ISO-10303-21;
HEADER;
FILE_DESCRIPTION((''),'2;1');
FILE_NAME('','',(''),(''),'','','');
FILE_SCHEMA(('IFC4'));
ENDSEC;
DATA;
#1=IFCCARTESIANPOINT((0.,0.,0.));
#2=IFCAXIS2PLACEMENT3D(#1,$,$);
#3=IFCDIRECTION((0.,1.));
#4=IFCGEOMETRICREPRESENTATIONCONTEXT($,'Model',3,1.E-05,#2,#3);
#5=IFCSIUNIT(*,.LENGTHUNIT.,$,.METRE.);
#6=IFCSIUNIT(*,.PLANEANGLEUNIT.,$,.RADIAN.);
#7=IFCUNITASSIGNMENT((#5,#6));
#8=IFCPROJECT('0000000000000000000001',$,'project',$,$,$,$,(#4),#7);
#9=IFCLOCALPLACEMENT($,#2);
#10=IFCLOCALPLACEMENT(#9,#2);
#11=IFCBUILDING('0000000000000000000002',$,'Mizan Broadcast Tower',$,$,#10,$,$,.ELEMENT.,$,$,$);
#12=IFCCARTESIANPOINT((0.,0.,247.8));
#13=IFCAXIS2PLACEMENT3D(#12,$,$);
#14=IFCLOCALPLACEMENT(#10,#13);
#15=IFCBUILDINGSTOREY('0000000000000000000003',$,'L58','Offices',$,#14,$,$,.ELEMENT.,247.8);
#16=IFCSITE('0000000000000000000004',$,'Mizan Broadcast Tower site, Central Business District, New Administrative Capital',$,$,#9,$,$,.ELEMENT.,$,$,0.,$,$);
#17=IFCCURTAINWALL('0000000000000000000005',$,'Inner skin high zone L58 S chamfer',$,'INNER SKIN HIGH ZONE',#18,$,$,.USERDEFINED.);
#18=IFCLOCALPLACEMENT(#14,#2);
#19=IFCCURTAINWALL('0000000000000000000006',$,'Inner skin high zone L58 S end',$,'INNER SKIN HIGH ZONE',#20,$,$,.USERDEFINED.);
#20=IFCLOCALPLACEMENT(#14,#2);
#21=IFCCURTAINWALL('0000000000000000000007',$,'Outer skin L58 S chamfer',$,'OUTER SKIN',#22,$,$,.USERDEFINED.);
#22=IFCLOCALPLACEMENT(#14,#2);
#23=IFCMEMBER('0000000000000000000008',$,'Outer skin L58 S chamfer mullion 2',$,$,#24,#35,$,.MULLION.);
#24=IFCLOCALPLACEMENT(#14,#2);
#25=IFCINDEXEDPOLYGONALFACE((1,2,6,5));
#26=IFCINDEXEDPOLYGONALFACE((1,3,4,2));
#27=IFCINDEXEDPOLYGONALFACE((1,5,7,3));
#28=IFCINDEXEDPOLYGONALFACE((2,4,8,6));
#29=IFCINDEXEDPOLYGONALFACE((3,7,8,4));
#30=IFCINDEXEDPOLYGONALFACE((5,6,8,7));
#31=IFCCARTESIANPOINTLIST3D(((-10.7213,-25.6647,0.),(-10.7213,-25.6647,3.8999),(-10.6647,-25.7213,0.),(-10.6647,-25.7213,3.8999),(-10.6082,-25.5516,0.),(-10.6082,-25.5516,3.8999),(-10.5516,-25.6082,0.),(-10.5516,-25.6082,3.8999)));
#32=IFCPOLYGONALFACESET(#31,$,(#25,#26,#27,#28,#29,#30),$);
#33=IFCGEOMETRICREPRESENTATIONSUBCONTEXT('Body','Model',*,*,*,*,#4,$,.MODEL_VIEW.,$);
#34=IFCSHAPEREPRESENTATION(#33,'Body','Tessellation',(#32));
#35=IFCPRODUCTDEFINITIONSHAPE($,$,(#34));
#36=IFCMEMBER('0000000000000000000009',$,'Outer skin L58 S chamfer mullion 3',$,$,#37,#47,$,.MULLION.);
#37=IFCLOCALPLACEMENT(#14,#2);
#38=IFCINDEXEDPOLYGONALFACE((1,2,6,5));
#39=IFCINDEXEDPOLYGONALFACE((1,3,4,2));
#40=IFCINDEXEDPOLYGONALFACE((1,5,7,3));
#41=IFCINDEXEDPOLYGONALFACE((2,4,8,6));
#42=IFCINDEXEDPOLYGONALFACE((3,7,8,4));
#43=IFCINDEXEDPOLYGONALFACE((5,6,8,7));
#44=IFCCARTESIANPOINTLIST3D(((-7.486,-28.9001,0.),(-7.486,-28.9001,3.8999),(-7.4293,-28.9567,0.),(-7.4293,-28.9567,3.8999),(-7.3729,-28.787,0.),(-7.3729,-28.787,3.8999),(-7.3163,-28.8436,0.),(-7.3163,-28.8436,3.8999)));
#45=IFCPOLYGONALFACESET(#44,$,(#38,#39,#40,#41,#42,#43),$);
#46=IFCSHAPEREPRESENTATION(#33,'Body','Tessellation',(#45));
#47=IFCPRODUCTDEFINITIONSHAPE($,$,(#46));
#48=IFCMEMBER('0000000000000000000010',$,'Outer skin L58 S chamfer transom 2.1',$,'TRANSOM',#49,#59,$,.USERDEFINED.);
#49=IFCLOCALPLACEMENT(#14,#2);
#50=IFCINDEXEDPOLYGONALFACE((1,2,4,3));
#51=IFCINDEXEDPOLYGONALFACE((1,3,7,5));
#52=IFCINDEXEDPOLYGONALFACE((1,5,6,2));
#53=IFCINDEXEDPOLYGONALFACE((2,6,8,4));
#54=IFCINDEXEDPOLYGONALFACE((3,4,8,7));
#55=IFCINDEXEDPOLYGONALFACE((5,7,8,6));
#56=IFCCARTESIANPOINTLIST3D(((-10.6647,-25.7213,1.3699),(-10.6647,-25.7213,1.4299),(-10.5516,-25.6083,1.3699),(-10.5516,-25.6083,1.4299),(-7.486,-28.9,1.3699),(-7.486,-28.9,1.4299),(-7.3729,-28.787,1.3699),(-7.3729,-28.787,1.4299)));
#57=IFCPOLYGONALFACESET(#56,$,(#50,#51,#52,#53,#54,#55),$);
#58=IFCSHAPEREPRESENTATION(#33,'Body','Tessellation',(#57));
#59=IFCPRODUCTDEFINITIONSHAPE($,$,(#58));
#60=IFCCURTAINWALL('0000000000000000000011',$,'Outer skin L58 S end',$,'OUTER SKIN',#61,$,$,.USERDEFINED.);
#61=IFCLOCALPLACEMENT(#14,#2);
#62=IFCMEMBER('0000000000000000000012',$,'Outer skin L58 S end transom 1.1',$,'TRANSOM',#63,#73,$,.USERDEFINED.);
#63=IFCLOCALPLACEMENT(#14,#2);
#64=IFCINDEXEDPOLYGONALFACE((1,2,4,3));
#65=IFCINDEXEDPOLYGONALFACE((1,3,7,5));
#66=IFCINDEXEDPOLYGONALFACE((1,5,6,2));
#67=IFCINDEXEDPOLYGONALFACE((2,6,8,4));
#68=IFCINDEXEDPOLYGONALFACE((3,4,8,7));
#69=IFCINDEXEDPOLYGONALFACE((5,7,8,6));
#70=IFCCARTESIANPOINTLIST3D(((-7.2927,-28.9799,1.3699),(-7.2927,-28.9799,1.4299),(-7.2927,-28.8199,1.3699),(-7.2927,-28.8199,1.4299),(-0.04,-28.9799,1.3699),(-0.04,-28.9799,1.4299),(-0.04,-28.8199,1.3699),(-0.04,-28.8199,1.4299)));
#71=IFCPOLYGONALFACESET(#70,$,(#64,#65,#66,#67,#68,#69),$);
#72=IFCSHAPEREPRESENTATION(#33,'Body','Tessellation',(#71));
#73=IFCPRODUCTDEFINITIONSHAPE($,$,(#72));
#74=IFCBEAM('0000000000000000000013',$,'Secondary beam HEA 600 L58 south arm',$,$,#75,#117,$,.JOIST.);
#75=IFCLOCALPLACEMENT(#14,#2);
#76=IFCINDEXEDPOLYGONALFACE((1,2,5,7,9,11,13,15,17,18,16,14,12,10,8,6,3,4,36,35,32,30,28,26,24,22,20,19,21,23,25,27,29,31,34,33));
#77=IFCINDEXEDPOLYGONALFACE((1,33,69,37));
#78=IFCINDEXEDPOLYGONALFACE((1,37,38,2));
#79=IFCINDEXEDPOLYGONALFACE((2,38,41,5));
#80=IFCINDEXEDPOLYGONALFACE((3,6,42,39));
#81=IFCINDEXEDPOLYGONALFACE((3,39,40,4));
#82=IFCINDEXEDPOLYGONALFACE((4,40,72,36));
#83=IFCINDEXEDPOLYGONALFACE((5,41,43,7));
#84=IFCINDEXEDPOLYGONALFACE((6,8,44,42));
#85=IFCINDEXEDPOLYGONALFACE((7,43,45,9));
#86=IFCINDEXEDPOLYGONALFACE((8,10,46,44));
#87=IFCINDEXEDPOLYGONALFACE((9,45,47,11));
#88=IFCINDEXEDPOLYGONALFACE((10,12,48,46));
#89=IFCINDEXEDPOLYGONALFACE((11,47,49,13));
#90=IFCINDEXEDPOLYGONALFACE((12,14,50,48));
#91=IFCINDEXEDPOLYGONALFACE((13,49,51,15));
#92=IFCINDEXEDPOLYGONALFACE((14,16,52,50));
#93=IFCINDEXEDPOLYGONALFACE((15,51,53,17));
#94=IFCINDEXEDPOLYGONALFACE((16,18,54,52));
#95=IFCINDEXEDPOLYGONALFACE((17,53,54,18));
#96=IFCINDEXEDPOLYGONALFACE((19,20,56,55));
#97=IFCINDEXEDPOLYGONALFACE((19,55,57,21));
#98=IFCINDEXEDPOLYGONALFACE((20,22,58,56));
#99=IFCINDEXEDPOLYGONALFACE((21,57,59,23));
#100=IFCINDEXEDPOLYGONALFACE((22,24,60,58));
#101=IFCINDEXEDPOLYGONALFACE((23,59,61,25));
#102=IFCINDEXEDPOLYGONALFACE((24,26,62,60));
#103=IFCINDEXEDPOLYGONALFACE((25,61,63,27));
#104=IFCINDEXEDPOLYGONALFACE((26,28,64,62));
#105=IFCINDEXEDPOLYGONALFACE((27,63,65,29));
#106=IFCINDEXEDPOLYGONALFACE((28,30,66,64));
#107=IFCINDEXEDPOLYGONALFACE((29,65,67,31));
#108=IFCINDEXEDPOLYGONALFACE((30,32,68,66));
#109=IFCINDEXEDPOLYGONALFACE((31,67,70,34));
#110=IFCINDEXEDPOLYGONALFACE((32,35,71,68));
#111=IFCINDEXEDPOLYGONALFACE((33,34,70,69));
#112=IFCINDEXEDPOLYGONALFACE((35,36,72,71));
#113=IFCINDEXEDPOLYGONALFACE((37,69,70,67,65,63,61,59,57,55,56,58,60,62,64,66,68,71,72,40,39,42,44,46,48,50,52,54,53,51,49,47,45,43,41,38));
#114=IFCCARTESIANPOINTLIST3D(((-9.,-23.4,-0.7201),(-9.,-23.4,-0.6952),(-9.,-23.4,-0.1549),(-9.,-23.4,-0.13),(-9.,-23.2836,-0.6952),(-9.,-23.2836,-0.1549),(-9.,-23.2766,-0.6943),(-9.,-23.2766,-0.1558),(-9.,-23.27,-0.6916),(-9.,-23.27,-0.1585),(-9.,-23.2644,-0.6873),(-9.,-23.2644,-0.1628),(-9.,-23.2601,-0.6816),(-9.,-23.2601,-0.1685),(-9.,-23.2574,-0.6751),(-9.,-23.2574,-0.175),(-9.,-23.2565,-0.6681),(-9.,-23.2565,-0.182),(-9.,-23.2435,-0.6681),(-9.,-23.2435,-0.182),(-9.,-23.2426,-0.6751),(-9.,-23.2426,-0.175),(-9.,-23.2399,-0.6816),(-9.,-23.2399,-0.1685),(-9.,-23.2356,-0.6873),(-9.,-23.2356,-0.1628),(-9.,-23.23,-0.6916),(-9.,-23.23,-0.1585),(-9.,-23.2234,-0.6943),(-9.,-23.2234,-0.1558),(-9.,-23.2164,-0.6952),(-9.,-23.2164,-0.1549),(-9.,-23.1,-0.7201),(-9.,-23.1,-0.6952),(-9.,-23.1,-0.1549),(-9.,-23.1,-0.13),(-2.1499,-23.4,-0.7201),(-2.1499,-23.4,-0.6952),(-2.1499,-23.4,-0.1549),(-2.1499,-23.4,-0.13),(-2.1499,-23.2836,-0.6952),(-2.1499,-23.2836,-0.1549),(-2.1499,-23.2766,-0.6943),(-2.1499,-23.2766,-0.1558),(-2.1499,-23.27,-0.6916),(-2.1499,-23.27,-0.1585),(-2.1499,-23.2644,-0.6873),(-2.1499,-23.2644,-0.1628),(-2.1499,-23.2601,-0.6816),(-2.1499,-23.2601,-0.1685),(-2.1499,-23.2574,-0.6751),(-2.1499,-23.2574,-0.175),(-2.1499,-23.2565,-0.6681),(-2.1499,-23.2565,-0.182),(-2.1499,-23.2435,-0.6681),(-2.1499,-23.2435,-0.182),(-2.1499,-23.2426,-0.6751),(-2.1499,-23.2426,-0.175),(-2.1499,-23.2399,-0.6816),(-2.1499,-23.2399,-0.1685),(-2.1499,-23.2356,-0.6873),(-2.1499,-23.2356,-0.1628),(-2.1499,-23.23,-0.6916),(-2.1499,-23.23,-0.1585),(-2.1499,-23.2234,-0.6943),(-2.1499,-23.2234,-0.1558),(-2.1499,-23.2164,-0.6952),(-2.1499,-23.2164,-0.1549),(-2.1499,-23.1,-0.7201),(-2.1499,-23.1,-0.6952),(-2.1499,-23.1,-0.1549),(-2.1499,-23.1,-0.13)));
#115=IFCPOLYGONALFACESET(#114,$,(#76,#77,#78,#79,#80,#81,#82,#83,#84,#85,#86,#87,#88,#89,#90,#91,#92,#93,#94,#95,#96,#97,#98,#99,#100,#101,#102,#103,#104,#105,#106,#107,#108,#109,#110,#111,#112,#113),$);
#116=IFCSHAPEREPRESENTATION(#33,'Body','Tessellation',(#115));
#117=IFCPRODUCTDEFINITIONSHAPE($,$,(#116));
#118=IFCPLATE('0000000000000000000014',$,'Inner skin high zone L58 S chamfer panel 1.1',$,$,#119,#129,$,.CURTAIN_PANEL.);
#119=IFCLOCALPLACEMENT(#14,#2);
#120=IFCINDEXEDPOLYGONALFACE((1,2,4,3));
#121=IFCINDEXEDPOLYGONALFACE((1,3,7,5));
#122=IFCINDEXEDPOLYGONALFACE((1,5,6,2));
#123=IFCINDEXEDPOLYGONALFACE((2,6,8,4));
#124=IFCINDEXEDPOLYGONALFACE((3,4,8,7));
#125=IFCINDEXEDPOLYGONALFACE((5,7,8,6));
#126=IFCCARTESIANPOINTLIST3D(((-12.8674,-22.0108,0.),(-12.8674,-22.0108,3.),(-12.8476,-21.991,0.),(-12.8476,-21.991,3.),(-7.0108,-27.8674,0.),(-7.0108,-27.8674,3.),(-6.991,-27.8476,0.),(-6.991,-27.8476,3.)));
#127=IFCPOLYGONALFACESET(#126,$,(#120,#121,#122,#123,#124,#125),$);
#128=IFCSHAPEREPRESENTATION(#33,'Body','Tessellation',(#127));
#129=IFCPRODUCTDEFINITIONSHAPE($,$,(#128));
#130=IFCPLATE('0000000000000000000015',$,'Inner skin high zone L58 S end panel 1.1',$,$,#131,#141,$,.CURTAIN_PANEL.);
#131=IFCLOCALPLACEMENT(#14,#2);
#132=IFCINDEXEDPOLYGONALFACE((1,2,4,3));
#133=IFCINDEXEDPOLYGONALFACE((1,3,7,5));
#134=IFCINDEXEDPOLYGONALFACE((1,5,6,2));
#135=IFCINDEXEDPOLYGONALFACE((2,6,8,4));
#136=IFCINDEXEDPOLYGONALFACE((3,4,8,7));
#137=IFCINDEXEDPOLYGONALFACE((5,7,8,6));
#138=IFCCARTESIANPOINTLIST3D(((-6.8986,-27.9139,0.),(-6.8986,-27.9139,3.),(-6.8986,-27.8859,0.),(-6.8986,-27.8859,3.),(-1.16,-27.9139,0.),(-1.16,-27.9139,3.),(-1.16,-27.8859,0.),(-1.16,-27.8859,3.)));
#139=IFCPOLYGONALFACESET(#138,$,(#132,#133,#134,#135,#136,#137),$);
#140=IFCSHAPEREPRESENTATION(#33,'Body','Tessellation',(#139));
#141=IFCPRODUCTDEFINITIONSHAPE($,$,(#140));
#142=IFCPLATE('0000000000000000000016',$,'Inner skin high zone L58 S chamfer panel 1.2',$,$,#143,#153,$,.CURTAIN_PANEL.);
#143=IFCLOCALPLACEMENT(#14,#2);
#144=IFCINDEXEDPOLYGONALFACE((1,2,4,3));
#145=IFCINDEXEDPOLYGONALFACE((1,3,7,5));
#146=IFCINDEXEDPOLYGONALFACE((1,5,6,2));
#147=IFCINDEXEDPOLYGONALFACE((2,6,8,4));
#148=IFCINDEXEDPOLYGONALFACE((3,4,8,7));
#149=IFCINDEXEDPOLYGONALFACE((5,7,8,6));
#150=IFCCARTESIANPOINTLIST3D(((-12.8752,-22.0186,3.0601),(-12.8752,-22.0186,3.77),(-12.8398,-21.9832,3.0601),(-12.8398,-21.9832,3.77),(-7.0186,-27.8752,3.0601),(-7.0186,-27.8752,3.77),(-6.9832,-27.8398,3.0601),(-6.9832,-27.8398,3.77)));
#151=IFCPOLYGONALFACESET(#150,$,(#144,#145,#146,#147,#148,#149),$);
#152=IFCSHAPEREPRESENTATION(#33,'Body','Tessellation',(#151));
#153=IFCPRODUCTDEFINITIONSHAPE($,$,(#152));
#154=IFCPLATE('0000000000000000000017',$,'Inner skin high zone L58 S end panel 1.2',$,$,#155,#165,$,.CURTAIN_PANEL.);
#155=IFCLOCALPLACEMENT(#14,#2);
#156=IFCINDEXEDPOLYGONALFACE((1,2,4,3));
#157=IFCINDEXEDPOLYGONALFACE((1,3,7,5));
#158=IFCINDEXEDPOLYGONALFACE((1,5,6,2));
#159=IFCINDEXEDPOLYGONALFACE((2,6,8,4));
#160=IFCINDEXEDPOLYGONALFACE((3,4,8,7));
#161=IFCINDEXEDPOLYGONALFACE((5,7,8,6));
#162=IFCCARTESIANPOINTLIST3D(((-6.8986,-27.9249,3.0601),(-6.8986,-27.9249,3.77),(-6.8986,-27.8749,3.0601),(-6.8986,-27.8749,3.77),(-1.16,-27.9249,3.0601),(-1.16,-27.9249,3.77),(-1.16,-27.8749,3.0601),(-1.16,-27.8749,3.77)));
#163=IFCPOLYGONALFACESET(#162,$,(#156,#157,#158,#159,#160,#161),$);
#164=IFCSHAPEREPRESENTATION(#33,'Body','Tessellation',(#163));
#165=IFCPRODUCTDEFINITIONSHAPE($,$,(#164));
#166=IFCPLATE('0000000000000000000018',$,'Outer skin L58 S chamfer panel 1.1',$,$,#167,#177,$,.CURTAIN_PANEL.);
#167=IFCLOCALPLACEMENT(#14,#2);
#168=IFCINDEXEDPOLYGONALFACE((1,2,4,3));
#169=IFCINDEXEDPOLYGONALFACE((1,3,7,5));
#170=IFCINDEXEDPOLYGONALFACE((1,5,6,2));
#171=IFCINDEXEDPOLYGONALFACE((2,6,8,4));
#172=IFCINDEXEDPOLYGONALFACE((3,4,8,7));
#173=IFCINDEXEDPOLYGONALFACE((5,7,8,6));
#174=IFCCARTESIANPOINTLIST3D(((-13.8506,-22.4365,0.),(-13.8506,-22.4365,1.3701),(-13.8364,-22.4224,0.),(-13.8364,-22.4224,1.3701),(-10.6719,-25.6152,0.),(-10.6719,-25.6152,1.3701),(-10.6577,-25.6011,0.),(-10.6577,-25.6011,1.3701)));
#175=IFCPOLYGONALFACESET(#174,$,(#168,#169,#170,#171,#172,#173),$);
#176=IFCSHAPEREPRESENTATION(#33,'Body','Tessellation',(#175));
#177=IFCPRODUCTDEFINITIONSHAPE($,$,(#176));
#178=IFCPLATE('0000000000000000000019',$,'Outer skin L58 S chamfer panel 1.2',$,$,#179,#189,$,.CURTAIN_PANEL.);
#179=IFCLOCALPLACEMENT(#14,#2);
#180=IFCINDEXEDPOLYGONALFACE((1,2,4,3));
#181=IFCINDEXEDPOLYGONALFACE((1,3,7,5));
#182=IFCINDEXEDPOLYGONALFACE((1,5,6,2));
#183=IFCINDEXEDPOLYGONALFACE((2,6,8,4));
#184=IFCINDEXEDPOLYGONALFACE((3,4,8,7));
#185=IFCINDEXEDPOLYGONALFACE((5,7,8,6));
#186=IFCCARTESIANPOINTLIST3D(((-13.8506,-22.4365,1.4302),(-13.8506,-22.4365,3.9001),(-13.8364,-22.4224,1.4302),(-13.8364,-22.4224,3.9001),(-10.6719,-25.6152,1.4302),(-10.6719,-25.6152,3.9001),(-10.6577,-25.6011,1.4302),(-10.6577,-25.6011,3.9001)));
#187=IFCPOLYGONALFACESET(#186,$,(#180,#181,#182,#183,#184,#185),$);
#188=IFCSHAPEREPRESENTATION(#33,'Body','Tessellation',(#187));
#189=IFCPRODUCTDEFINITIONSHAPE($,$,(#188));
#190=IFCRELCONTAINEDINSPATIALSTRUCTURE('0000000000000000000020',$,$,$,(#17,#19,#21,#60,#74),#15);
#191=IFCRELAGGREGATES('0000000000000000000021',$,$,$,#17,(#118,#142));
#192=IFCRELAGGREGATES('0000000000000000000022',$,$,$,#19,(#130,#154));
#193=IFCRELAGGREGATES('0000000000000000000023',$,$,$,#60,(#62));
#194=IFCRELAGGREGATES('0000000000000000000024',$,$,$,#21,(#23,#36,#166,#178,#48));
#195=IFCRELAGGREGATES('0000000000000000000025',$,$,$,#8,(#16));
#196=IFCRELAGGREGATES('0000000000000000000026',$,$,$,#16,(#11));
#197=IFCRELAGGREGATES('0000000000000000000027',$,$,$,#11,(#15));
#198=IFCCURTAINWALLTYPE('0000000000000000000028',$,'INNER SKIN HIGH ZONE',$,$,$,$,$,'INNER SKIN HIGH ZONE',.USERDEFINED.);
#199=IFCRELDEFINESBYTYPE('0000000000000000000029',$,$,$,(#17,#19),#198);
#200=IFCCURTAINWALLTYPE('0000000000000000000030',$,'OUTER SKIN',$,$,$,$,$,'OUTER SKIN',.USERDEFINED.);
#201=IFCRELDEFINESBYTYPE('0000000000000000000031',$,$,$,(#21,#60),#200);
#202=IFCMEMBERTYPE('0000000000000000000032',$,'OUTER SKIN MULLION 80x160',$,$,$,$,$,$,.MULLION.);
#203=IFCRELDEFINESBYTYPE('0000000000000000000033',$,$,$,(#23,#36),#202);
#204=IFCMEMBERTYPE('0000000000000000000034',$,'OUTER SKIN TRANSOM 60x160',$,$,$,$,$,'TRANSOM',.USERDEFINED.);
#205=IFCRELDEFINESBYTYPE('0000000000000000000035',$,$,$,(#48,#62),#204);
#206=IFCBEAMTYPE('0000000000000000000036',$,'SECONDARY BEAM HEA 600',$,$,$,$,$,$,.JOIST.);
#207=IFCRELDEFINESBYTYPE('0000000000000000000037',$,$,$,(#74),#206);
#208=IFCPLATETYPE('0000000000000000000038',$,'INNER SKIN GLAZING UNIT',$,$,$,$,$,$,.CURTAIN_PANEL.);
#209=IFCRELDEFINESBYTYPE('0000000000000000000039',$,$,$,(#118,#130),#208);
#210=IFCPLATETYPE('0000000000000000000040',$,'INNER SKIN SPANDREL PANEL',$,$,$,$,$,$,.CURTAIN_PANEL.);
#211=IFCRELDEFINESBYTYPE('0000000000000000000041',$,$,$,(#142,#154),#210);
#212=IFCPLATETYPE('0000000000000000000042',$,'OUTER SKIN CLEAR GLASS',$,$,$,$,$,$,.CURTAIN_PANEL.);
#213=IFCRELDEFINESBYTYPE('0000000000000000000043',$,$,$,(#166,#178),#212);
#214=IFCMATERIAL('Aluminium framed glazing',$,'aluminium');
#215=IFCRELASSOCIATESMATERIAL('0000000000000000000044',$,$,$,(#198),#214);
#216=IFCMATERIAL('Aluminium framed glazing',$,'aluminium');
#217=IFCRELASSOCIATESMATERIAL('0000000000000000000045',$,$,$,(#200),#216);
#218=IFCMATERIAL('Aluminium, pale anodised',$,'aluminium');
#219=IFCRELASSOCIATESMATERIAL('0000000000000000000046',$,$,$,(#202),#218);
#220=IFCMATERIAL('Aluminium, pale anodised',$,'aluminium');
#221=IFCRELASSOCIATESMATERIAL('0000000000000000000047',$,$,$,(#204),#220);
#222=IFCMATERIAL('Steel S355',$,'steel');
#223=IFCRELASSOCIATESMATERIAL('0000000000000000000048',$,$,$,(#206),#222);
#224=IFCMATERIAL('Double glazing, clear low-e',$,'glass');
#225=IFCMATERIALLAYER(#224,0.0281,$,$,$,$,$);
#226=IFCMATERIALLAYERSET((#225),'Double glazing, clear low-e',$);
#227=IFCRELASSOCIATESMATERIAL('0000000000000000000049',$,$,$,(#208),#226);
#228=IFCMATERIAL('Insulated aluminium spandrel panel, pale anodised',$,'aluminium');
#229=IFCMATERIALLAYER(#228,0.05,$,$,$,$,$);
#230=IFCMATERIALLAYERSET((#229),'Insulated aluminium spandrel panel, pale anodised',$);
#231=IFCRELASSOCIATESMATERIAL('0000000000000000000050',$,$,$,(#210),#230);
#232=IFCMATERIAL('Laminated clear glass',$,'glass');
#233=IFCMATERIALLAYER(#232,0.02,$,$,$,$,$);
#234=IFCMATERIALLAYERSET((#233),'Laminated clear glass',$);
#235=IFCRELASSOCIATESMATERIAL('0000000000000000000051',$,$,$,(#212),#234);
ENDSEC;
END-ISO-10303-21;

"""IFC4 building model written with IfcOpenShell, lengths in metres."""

from ifc_helpers import new_model, si_unit, direction, frame, origin, origin_2d, place, context, subcontext, project, spatial, rectangle, i_section, extrude, material, layer, layer_set, material_profile, profile_set, type_object, element, aggregate, save


model = new_model("IFC4")

# Units and contexts
model_context = context("Model", 3, precision=1e-05, world=origin(), true_north=direction((0.0, 1.0)))
body_context = subcontext(model_context, "Body", "Model", "MODEL_VIEW")
ifc_project = project(units=[si_unit("LENGTHUNIT", "METRE"), si_unit("PLANEANGLEUNIT", "RADIAN")], contexts=[model_context])

# Site, building, storey
site_placement = place(None, origin())
site = spatial("IfcSite", under=ifc_project, at=site_placement, Name="Mizan Broadcast Tower site, Central Business District, New Administrative Capital", CompositionType="ELEMENT", RefElevation=0.0)
building_placement = place(site_placement, origin())
building = spatial("IfcBuilding", under=site, at=building_placement, Name="Mizan Broadcast Tower", CompositionType="ELEMENT")
storey_placement = place(building_placement, frame((0.0, 0.0, 247.8)))
storey = spatial("IfcBuildingStorey", under=building, at=storey_placement, Name="L58", Description="Offices", CompositionType="ELEMENT", Elevation=247.8)

# Curtain walls
ifc_material_1 = material(Name="Aluminium framed glazing", Category="aluminium")
curtain_wall_type_1 = type_object("IfcCurtainWallType", Name="INNER SKIN HIGH ZONE", ElementType="INNER SKIN HIGH ZONE", PredefinedType="USERDEFINED", material=ifc_material_1)
curtain_wall_1_placement = place(storey_placement, origin())
curtain_wall_1 = element("IfcCurtainWall", 1, at=curtain_wall_1_placement, inside=storey, type_object=curtain_wall_type_1, Name="Inner skin high zone L58 S chamfer", ObjectType="INNER SKIN HIGH ZONE", PredefinedType="USERDEFINED")
curtain_wall_2_placement = place(storey_placement, origin())
curtain_wall_2 = element("IfcCurtainWall", 2, at=curtain_wall_2_placement, inside=storey, type_object=curtain_wall_type_1, Name="Inner skin high zone L58 S end", ObjectType="INNER SKIN HIGH ZONE", PredefinedType="USERDEFINED")

# Curtain wall, members
ifc_material_2 = material(Name="Aluminium framed glazing", Category="aluminium")
curtain_wall_type_2 = type_object("IfcCurtainWallType", Name="OUTER SKIN", ElementType="OUTER SKIN", PredefinedType="USERDEFINED", material=ifc_material_2)
curtain_wall_3_placement = place(storey_placement, origin())
curtain_wall_3 = element("IfcCurtainWall", 3, at=curtain_wall_3_placement, inside=storey, type_object=curtain_wall_type_2, Name="Outer skin L58 S chamfer", ObjectType="OUTER SKIN", PredefinedType="USERDEFINED")
ifc_material_3 = material(Name="Aluminium, pale anodised", Category="aluminium")
ifc_material_profile_1 = material_profile(ifc_material_3, rectangle(XDim=0.1599, YDim=0.0801, at=origin_2d()), Name="MULLION 160x80")
ifc_profile_set_1 = profile_set([ifc_material_profile_1], Name="Aluminium, pale anodised")
member_type_1 = type_object("IfcMemberType", Name="OUTER SKIN MULLION 80x160", PredefinedType="MULLION", material=ifc_profile_set_1)
member_1_placement = place(storey_placement, frame((-10.6365, -25.6365, 0.0), z_axis=(0.0, 0.0, 1.0), x_axis=(0.707107, 0.707107, 0.0)))
member_1 = element("IfcMember", 4, at=member_1_placement, type_object=member_type_1, Name="Outer skin L58 S chamfer mullion 2", PredefinedType="MULLION", context=body_context, shape_type="SweptSolid", body=[
    extrude(rectangle(XDim=0.1599, YDim=0.0801, at=origin_2d()), origin(), (0.0, 0.0, 1.0), 3.8999),
])
member_2_placement = place(storey_placement, frame((-7.4011, -28.8718, 0.0), z_axis=(0.0, 0.0, 1.0), x_axis=(0.707107, 0.707107, 0.0)))
member_2 = element("IfcMember", 5, at=member_2_placement, type_object=member_type_1, Name="Outer skin L58 S chamfer mullion 3", PredefinedType="MULLION", context=body_context, shape_type="SweptSolid", body=[
    extrude(rectangle(XDim=0.1599, YDim=0.0801, at=origin_2d()), origin(), (0.0, 0.0, 1.0), 3.8999),
])
ifc_material_4 = material(Name="Aluminium, pale anodised", Category="aluminium")
ifc_material_profile_2 = material_profile(ifc_material_4, rectangle(XDim=0.1599, YDim=0.0601, at=origin_2d()), Name="TRANSOM 160x60")
ifc_profile_set_2 = profile_set([ifc_material_profile_2], Name="Aluminium, pale anodised")
member_type_2 = type_object("IfcMemberType", Name="OUTER SKIN TRANSOM 60x160", ElementType="TRANSOM", PredefinedType="USERDEFINED", material=ifc_profile_set_2)
member_3_placement = place(storey_placement, frame((-10.6082, -25.6648, 1.3999), z_axis=(0.707107, -0.707107, 0.0), x_axis=(0.707107, 0.707107, 0.0)))
member_3 = element("IfcMember", 6, at=member_3_placement, type_object=member_type_2, Name="Outer skin L58 S chamfer transom 2.1", ObjectType="TRANSOM", PredefinedType="USERDEFINED", context=body_context, shape_type="SweptSolid", body=[
    extrude(rectangle(XDim=0.1599, YDim=0.0601, at=origin_2d()), origin(), (0.0, 0.0, 1.0), 4.4954),
])

# Curtain wall, member
curtain_wall_4_placement = place(storey_placement, origin())
curtain_wall_4 = element("IfcCurtainWall", 7, at=curtain_wall_4_placement, inside=storey, type_object=curtain_wall_type_2, Name="Outer skin L58 S end", ObjectType="OUTER SKIN", PredefinedType="USERDEFINED")
member_4_placement = place(storey_placement, frame((-7.2927, -28.8999, 1.3999), z_axis=(1.0, 0.0, 0.0), x_axis=(0.0, 1.0, 0.0)))
member_4 = element("IfcMember", 8, at=member_4_placement, type_object=member_type_2, Name="Outer skin L58 S end transom 1.1", ObjectType="TRANSOM", PredefinedType="USERDEFINED", context=body_context, shape_type="SweptSolid", body=[
    extrude(rectangle(XDim=0.1599, YDim=0.0601, at=origin_2d()), origin(), (0.0, 0.0, 1.0), 7.2527),
])

# Beam
ifc_material_5 = material(Name="Steel S355", Category="steel")
ifc_material_profile_3 = material_profile(ifc_material_5, i_section(OverallWidth=0.3, OverallDepth=0.5901, WebThickness=0.0129, FlangeThickness=0.0249, FilletRadius=0.0271, at=origin_2d()), Name="HEA 600")
ifc_profile_set_3 = profile_set([ifc_material_profile_3], Name="Steel S355")
beam_type_1 = type_object("IfcBeamType", Name="SECONDARY BEAM HEA 600", PredefinedType="JOIST", material=ifc_profile_set_3)
beam_1_placement = place(storey_placement, frame((-9.0, -23.25, -0.425), z_axis=(1.0, 0.0, 0.0), x_axis=(0.0, 1.0, 0.0)))
element("IfcBeam", 9, at=beam_1_placement, inside=storey, type_object=beam_type_1, Name="Secondary beam HEA 600 L58 south arm", PredefinedType="JOIST", context=body_context, shape_type="SweptSolid", body=[
    extrude(i_section(OverallWidth=0.3, OverallDepth=0.5901, WebThickness=0.0129, FlangeThickness=0.0249, FilletRadius=0.0271, at=origin_2d()), origin(), (0.0, 0.0, 1.0), 6.8501),
])

# Plates
ifc_material_6 = material(Name="Double glazing, clear low-e", Category="glass")
ifc_layer_1 = layer(ifc_material_6, 0.0281)
ifc_layer_set_1 = layer_set([ifc_layer_1], Name="Double glazing, clear low-e")
plate_type_1 = type_object("IfcPlateType", Name="INNER SKIN GLAZING UNIT", PredefinedType="CURTAIN_PANEL", material=ifc_layer_set_1)
plate_1_placement = place(storey_placement, frame((-9.9292, -24.9292, 0.0), z_axis=(0.0, 0.0, 1.0), x_axis=(0.707107, -0.707107, 0.0)))
plate_1 = element("IfcPlate", 10, at=plate_1_placement, type_object=plate_type_1, Name="Inner skin high zone L58 S chamfer panel 1.1", PredefinedType="CURTAIN_PANEL", context=body_context, shape_type="SweptSolid", body=[
    extrude(rectangle(XDim=8.2825, YDim=0.0281, at=origin_2d()), origin(), (0.0, 0.0, 1.0), 3.0),
])
plate_2_placement = place(storey_placement, frame((-4.0293, -27.8999, 0.0), z_axis=(0.0, 0.0, 1.0), x_axis=(1.0, 0.0, 0.0)))
plate_2 = element("IfcPlate", 11, at=plate_2_placement, type_object=plate_type_1, Name="Inner skin high zone L58 S end panel 1.1", PredefinedType="CURTAIN_PANEL", context=body_context, shape_type="SweptSolid", body=[
    extrude(rectangle(XDim=5.7385, YDim=0.0281, at=origin_2d()), origin(), (0.0, 0.0, 1.0), 3.0),
])
ifc_material_7 = material(Name="Insulated aluminium spandrel panel, pale anodised", Category="aluminium")
ifc_layer_2 = layer(ifc_material_7, 0.05)
ifc_layer_set_2 = layer_set([ifc_layer_2], Name="Insulated aluminium spandrel panel, pale anodised")
plate_type_2 = type_object("IfcPlateType", Name="INNER SKIN SPANDREL PANEL", PredefinedType="CURTAIN_PANEL", material=ifc_layer_set_2)
plate_3_placement = place(storey_placement, frame((-9.9292, -24.9292, 3.0601), z_axis=(0.0, 0.0, 1.0), x_axis=(0.707107, -0.707107, 0.0)))
plate_3 = element("IfcPlate", 12, at=plate_3_placement, type_object=plate_type_2, Name="Inner skin high zone L58 S chamfer panel 1.2", PredefinedType="CURTAIN_PANEL", context=body_context, shape_type="SweptSolid", body=[
    extrude(rectangle(XDim=8.2825, YDim=0.05, at=origin_2d()), origin(), (0.0, 0.0, 1.0), 0.71),
])
aggregate(curtain_wall_1, [plate_1, plate_3])
plate_4_placement = place(storey_placement, frame((-4.0293, -27.8999, 3.0601), z_axis=(0.0, 0.0, 1.0), x_axis=(1.0, 0.0, 0.0)))
plate_4 = element("IfcPlate", 13, at=plate_4_placement, type_object=plate_type_2, Name="Inner skin high zone L58 S end panel 1.2", PredefinedType="CURTAIN_PANEL", context=body_context, shape_type="SweptSolid", body=[
    extrude(rectangle(XDim=5.7385, YDim=0.05, at=origin_2d()), origin(), (0.0, 0.0, 1.0), 0.71),
])
aggregate(curtain_wall_2, [plate_2, plate_4])
ifc_material_8 = material(Name="Laminated clear glass", Category="glass")
ifc_layer_3 = layer(ifc_material_8, 0.02)
ifc_layer_set_3 = layer_set([ifc_layer_3], Name="Laminated clear glass")
plate_type_3 = type_object("IfcPlateType", Name="OUTER SKIN CLEAR GLASS", PredefinedType="CURTAIN_PANEL", material=ifc_layer_set_3)
plate_5_placement = place(storey_placement, frame((-12.2542, -24.0188, 0.0), z_axis=(0.0, 0.0, 1.0), x_axis=(0.707107, -0.707107, 0.0)))
plate_5 = element("IfcPlate", 14, at=plate_5_placement, type_object=plate_type_3, Name="Outer skin L58 S chamfer panel 1.1", PredefinedType="CURTAIN_PANEL", context=body_context, shape_type="SweptSolid", body=[
    extrude(rectangle(XDim=4.4954, YDim=0.02, at=origin_2d()), origin(), (0.0, 0.0, 1.0), 1.3701),
])
plate_6_placement = place(storey_placement, frame((-12.2542, -24.0188, 1.4302), z_axis=(0.0, 0.0, 1.0), x_axis=(0.707107, -0.707107, 0.0)))
plate_6 = element("IfcPlate", 15, at=plate_6_placement, type_object=plate_type_3, Name="Outer skin L58 S chamfer panel 1.2", PredefinedType="CURTAIN_PANEL", context=body_context, shape_type="SweptSolid", body=[
    extrude(rectangle(XDim=4.4954, YDim=0.02, at=origin_2d()), origin(), (0.0, 0.0, 1.0), 2.47),
])
aggregate(curtain_wall_4, [member_4])
aggregate(curtain_wall_3, [member_1, member_2, plate_5, plate_6, member_3])

save(model, "model.ifc")
